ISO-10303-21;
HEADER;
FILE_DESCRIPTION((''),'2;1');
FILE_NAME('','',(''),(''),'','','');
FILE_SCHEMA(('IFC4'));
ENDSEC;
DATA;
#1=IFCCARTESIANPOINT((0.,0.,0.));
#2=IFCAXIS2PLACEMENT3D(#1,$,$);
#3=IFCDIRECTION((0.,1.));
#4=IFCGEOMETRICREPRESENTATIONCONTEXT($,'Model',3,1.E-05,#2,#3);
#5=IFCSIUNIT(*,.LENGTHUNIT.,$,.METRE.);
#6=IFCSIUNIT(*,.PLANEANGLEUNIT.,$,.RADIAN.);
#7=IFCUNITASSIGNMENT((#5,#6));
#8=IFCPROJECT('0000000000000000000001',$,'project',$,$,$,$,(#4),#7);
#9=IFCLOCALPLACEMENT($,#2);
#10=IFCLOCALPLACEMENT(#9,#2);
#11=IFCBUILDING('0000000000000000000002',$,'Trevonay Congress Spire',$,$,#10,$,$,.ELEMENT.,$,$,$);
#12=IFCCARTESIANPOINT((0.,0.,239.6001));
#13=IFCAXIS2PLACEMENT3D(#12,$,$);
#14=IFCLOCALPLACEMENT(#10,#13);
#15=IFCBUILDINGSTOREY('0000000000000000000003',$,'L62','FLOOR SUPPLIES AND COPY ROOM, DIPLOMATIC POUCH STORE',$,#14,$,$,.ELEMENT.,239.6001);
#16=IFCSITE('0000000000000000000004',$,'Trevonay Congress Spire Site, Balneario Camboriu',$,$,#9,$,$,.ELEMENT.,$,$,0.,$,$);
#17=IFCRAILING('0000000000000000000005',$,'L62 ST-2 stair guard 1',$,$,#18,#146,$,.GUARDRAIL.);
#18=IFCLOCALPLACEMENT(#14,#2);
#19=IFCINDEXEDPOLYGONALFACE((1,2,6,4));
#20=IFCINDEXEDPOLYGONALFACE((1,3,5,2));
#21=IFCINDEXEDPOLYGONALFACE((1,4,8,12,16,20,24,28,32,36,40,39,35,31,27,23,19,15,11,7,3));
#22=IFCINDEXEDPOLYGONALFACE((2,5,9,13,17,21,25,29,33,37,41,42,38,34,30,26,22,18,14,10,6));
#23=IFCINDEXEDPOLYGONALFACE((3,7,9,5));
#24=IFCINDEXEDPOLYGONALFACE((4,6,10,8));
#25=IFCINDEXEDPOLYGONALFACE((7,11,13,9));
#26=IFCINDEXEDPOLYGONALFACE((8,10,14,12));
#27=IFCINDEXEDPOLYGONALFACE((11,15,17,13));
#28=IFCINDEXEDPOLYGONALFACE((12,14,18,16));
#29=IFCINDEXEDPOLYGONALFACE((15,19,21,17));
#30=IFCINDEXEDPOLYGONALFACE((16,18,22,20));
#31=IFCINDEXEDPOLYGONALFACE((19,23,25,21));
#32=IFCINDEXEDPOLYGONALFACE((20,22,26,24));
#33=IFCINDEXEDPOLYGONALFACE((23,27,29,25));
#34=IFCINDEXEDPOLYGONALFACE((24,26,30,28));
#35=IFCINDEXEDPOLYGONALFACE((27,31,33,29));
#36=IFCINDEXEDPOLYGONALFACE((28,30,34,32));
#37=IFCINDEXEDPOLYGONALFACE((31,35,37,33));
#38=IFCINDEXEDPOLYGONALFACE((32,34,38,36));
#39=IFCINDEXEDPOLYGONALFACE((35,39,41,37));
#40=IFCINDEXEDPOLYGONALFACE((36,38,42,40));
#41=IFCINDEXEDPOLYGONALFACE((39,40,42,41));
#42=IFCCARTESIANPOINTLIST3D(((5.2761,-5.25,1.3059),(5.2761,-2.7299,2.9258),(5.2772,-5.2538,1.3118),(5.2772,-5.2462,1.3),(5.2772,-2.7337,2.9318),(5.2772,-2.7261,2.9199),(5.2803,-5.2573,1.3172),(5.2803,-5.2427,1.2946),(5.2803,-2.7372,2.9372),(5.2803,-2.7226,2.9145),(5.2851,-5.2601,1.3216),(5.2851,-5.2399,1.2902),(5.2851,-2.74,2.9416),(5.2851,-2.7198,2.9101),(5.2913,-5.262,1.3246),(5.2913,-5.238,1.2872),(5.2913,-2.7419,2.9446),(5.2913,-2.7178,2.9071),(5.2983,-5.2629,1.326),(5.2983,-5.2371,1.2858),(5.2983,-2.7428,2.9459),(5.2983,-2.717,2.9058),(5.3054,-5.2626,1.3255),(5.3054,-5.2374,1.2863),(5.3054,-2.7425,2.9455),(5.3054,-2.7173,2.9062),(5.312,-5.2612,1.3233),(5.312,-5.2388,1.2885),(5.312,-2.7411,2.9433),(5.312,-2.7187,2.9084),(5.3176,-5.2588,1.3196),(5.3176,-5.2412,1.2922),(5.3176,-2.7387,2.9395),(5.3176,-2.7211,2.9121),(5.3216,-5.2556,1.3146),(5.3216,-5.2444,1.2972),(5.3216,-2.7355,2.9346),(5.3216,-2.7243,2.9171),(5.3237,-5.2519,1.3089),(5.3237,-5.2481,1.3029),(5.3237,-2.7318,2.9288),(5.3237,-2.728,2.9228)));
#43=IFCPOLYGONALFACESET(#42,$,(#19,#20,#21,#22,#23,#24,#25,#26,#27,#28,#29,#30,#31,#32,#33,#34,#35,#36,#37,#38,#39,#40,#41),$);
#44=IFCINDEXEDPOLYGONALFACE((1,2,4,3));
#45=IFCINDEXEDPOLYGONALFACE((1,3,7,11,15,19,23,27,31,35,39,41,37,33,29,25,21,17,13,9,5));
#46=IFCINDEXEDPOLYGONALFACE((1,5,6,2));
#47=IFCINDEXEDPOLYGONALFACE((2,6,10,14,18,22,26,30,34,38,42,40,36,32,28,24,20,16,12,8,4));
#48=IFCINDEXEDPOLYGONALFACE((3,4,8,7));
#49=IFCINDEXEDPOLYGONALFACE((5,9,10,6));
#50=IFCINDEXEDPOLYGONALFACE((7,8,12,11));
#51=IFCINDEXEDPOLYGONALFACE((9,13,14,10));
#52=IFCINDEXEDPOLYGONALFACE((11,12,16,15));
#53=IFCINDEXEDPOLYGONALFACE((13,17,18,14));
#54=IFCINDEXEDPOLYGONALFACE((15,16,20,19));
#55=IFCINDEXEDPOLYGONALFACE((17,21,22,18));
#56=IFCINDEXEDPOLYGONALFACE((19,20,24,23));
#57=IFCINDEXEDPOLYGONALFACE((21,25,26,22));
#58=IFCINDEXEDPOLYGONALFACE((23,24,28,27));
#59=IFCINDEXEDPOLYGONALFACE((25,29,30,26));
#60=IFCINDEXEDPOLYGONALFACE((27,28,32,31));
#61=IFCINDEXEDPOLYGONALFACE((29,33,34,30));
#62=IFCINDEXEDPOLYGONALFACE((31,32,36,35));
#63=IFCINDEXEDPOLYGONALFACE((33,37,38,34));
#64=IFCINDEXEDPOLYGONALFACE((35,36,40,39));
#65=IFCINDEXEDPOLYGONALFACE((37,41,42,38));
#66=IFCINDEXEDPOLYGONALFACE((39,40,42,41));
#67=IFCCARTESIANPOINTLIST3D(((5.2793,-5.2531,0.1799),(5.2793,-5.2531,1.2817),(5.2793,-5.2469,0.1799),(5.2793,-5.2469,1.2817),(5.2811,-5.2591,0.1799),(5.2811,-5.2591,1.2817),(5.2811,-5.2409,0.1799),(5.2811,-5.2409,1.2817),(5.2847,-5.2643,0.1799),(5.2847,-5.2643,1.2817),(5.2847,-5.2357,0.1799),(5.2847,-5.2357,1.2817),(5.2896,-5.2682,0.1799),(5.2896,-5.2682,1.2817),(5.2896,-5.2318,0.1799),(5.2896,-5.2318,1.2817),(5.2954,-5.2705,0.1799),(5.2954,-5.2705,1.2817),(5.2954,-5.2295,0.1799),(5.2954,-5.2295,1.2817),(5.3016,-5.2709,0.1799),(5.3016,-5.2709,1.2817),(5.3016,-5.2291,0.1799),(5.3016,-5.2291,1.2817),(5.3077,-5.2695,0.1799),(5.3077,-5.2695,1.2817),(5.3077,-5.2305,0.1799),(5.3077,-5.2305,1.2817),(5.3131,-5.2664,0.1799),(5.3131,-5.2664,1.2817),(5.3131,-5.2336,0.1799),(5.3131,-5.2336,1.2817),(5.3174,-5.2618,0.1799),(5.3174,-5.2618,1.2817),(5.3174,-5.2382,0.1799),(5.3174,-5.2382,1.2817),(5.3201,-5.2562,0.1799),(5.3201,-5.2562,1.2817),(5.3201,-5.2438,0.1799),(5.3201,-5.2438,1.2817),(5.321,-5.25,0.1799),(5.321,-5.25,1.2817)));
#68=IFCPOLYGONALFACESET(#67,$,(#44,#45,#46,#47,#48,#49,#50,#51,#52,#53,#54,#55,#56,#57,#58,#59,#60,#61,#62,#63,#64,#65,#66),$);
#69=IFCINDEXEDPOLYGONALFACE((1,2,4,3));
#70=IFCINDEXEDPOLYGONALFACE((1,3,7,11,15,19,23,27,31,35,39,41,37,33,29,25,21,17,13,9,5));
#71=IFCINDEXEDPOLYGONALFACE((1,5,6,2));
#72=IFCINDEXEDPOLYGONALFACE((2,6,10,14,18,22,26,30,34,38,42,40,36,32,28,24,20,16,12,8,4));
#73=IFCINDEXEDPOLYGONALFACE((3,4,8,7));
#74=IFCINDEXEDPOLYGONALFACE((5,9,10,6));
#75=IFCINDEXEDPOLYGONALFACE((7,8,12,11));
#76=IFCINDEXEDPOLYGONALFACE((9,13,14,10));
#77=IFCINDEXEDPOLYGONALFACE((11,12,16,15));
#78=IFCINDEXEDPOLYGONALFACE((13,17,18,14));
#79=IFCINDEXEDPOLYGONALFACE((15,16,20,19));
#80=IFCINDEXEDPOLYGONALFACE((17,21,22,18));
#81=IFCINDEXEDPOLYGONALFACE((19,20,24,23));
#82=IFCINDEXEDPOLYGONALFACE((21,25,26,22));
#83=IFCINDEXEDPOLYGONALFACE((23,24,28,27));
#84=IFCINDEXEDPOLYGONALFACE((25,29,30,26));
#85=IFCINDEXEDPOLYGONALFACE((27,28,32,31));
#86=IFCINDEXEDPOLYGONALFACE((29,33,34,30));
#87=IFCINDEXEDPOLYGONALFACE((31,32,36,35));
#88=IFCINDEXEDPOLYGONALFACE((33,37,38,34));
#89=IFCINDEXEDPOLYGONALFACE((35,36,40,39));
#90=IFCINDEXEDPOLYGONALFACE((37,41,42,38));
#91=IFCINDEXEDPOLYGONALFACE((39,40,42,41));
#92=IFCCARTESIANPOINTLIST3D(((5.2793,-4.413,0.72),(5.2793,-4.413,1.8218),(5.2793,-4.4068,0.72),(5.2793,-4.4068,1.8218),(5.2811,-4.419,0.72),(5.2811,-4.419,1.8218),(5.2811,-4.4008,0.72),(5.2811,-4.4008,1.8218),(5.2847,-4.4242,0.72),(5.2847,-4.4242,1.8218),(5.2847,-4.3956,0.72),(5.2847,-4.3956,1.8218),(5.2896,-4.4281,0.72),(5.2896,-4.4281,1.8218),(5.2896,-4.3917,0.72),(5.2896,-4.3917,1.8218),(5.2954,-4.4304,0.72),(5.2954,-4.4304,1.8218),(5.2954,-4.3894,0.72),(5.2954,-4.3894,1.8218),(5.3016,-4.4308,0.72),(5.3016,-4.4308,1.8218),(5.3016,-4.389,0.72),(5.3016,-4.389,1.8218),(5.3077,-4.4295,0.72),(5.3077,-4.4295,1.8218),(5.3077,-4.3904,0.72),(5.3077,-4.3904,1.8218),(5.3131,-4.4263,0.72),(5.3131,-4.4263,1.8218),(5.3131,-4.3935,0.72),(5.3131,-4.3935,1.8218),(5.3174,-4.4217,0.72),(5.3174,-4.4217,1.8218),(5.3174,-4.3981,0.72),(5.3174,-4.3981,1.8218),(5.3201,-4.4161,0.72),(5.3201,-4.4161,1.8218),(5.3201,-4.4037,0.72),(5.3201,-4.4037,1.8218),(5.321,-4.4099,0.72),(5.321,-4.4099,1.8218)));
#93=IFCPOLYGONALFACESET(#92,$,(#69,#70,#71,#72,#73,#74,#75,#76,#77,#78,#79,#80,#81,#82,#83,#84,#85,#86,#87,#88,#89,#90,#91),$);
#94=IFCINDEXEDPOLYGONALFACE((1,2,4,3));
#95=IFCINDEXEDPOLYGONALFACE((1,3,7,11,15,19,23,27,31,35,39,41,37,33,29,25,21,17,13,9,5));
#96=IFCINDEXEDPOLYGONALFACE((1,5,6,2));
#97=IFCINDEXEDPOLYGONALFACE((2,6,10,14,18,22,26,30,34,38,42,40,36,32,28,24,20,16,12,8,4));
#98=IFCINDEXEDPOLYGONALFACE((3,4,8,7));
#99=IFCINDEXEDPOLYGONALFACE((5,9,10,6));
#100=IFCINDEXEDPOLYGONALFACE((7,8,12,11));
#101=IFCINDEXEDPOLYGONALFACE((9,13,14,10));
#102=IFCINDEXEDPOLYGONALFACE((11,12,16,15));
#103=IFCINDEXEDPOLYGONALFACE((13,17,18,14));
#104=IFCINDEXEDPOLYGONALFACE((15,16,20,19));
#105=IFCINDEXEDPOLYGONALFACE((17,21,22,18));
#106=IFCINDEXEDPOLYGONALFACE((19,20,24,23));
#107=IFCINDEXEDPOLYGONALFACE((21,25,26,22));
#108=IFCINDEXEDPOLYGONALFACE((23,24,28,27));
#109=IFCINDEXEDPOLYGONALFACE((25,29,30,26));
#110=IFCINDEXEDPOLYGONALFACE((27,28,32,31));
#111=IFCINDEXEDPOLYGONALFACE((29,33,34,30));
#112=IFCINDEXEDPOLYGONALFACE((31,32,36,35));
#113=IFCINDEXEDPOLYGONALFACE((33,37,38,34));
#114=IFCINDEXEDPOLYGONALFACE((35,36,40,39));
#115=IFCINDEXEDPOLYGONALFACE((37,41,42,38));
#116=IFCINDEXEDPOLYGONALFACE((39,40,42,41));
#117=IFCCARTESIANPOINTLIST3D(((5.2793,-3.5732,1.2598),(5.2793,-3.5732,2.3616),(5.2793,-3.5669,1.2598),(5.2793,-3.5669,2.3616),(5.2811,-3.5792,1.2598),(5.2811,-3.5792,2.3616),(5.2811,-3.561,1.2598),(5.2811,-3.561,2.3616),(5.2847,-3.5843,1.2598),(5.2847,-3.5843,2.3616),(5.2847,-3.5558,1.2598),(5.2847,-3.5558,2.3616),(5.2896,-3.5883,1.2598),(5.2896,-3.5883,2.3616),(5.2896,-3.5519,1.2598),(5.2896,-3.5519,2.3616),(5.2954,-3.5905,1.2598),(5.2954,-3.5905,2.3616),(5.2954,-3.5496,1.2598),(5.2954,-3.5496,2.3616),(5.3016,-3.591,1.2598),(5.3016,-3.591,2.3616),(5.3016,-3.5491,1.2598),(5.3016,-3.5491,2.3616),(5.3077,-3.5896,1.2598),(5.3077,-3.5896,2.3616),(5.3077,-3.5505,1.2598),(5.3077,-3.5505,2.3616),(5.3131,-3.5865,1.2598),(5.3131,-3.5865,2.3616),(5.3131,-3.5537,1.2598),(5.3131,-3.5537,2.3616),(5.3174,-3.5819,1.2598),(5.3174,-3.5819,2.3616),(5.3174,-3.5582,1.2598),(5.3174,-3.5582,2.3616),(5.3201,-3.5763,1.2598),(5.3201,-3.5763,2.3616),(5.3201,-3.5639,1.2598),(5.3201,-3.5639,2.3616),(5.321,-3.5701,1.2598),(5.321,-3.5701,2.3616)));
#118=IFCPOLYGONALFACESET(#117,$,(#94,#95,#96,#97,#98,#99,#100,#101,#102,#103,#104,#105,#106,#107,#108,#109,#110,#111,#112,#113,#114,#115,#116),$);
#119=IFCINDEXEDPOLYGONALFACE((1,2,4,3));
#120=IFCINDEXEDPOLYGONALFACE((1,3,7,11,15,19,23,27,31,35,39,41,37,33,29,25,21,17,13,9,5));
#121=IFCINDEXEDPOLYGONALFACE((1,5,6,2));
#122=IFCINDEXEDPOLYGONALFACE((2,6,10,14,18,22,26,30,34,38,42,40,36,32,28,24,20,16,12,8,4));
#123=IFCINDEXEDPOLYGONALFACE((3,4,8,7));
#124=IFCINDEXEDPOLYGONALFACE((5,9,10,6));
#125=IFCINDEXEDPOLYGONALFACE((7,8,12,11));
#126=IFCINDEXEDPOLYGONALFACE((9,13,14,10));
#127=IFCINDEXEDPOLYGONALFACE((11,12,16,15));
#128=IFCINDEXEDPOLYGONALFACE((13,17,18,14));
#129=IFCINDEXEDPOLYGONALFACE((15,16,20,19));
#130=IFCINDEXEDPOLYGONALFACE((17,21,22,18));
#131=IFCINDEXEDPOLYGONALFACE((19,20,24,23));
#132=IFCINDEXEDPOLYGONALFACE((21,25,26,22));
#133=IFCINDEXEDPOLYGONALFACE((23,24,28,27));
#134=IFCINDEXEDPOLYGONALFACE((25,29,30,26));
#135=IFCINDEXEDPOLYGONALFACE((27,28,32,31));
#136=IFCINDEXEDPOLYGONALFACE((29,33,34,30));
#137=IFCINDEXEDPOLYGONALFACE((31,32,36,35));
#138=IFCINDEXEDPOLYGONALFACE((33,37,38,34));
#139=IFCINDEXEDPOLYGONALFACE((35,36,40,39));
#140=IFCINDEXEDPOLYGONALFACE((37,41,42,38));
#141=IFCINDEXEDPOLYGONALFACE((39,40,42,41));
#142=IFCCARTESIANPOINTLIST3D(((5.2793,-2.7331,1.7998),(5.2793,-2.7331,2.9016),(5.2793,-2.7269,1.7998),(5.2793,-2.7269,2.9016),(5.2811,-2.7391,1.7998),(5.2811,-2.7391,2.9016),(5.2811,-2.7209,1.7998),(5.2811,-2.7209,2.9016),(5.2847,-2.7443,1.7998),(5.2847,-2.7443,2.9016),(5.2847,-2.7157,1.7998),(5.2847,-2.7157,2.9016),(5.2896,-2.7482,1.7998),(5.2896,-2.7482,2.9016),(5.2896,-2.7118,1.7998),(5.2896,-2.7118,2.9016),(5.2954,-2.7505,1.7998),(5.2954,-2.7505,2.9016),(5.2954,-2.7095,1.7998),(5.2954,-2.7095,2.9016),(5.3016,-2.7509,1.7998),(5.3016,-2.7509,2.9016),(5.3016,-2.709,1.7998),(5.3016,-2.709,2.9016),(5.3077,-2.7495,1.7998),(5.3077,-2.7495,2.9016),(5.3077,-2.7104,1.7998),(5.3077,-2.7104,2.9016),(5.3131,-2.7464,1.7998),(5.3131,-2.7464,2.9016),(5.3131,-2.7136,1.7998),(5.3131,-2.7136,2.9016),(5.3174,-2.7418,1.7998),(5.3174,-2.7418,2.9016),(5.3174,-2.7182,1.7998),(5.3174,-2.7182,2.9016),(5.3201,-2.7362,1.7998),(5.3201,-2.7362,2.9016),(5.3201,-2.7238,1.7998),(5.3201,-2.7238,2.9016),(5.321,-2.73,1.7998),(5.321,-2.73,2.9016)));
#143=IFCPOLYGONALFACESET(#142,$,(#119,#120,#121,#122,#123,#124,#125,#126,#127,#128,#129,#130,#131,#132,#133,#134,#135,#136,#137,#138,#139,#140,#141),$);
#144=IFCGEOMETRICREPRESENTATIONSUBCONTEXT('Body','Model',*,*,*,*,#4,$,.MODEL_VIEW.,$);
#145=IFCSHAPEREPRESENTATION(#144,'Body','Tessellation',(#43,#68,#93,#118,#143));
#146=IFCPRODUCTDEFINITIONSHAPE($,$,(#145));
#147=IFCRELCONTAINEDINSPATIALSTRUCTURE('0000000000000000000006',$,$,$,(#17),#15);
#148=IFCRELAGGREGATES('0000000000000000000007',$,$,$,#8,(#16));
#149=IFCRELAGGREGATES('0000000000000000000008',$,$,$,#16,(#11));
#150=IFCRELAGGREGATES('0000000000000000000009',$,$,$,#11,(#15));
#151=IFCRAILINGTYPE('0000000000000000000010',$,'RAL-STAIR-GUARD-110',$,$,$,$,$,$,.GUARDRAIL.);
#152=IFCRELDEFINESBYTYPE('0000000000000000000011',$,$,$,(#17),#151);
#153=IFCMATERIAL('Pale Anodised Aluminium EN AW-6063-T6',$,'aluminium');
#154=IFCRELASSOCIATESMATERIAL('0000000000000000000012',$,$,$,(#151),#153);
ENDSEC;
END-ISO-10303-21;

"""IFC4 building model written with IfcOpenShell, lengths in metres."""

from ifc_helpers import new_model, si_unit, direction, frame, origin, origin_2d, place, context, subcontext, project, spatial, circle, extrude, material, type_object, element, save


model = new_model("IFC4")

# Units and contexts
model_context = context("Model", 3, precision=1e-05, world=origin(), true_north=direction((0.0, 1.0)))
body_context = subcontext(model_context, "Body", "Model", "MODEL_VIEW")
ifc_project = project(units=[si_unit("LENGTHUNIT", "METRE"), si_unit("PLANEANGLEUNIT", "RADIAN")], contexts=[model_context])

# Site, building, storey
site_placement = place(None, origin())
site = spatial("IfcSite", under=ifc_project, at=site_placement, Name="Trevonay Congress Spire Site, Balneario Camboriu", CompositionType="ELEMENT", RefElevation=0.0)
building_placement = place(site_placement, origin())
building = spatial("IfcBuilding", under=site, at=building_placement, Name="Trevonay Congress Spire", CompositionType="ELEMENT")
storey_placement = place(building_placement, frame((0.0, 0.0, 239.6001)))
storey = spatial("IfcBuildingStorey", under=building, at=storey_placement, Name="L62", Description="FLOOR SUPPLIES AND COPY ROOM, DIPLOMATIC POUCH STORE", CompositionType="ELEMENT", Elevation=239.6001)

# Shared definitions
ifc_material_1 = material(Name="Pale Anodised Aluminium EN AW-6063-T6", Category="aluminium")

# Railing
railing_type_1 = type_object("IfcRailingType", Name="RAL-STAIR-GUARD-110", PredefinedType="GUARDRAIL", material=ifc_material_1)
railing_1_placement = place(storey_placement, frame((5.3, -5.25, 0.1799)))
element("IfcRailing", 1, at=railing_1_placement, inside=storey, type_object=railing_type_1, Name="L62 ST-2 stair guard 1", PredefinedType="GUARDRAIL", context=body_context, shape_type="SweptSolid", body=[
    extrude(circle(Radius=0.0239, at=origin_2d()), frame((0.0, 0.0, 1.126), z_axis=(0.0, 0.8412, 0.540725), x_axis=(-1.0, 0.0, 0.0)), (0.0, 0.0, 1.0), 2.9958),
    extrude(circle(Radius=0.021, at=origin_2d()), origin(), (0.0, 0.0, 1.0), 1.1018),
    extrude(circle(Radius=0.021, at=origin_2d()), frame((0.0, 0.8401, 0.54)), (0.0, 0.0, 1.0), 1.1018),
    extrude(circle(Radius=0.021, at=origin_2d()), frame((0.0, 1.6799, 1.0798)), (0.0, 0.0, 1.0), 1.1018),
    extrude(circle(Radius=0.021, at=origin_2d()), frame((0.0, 2.52, 1.6199)), (0.0, 0.0, 1.0), 1.1018),
])

save(model, "model.ifc")
